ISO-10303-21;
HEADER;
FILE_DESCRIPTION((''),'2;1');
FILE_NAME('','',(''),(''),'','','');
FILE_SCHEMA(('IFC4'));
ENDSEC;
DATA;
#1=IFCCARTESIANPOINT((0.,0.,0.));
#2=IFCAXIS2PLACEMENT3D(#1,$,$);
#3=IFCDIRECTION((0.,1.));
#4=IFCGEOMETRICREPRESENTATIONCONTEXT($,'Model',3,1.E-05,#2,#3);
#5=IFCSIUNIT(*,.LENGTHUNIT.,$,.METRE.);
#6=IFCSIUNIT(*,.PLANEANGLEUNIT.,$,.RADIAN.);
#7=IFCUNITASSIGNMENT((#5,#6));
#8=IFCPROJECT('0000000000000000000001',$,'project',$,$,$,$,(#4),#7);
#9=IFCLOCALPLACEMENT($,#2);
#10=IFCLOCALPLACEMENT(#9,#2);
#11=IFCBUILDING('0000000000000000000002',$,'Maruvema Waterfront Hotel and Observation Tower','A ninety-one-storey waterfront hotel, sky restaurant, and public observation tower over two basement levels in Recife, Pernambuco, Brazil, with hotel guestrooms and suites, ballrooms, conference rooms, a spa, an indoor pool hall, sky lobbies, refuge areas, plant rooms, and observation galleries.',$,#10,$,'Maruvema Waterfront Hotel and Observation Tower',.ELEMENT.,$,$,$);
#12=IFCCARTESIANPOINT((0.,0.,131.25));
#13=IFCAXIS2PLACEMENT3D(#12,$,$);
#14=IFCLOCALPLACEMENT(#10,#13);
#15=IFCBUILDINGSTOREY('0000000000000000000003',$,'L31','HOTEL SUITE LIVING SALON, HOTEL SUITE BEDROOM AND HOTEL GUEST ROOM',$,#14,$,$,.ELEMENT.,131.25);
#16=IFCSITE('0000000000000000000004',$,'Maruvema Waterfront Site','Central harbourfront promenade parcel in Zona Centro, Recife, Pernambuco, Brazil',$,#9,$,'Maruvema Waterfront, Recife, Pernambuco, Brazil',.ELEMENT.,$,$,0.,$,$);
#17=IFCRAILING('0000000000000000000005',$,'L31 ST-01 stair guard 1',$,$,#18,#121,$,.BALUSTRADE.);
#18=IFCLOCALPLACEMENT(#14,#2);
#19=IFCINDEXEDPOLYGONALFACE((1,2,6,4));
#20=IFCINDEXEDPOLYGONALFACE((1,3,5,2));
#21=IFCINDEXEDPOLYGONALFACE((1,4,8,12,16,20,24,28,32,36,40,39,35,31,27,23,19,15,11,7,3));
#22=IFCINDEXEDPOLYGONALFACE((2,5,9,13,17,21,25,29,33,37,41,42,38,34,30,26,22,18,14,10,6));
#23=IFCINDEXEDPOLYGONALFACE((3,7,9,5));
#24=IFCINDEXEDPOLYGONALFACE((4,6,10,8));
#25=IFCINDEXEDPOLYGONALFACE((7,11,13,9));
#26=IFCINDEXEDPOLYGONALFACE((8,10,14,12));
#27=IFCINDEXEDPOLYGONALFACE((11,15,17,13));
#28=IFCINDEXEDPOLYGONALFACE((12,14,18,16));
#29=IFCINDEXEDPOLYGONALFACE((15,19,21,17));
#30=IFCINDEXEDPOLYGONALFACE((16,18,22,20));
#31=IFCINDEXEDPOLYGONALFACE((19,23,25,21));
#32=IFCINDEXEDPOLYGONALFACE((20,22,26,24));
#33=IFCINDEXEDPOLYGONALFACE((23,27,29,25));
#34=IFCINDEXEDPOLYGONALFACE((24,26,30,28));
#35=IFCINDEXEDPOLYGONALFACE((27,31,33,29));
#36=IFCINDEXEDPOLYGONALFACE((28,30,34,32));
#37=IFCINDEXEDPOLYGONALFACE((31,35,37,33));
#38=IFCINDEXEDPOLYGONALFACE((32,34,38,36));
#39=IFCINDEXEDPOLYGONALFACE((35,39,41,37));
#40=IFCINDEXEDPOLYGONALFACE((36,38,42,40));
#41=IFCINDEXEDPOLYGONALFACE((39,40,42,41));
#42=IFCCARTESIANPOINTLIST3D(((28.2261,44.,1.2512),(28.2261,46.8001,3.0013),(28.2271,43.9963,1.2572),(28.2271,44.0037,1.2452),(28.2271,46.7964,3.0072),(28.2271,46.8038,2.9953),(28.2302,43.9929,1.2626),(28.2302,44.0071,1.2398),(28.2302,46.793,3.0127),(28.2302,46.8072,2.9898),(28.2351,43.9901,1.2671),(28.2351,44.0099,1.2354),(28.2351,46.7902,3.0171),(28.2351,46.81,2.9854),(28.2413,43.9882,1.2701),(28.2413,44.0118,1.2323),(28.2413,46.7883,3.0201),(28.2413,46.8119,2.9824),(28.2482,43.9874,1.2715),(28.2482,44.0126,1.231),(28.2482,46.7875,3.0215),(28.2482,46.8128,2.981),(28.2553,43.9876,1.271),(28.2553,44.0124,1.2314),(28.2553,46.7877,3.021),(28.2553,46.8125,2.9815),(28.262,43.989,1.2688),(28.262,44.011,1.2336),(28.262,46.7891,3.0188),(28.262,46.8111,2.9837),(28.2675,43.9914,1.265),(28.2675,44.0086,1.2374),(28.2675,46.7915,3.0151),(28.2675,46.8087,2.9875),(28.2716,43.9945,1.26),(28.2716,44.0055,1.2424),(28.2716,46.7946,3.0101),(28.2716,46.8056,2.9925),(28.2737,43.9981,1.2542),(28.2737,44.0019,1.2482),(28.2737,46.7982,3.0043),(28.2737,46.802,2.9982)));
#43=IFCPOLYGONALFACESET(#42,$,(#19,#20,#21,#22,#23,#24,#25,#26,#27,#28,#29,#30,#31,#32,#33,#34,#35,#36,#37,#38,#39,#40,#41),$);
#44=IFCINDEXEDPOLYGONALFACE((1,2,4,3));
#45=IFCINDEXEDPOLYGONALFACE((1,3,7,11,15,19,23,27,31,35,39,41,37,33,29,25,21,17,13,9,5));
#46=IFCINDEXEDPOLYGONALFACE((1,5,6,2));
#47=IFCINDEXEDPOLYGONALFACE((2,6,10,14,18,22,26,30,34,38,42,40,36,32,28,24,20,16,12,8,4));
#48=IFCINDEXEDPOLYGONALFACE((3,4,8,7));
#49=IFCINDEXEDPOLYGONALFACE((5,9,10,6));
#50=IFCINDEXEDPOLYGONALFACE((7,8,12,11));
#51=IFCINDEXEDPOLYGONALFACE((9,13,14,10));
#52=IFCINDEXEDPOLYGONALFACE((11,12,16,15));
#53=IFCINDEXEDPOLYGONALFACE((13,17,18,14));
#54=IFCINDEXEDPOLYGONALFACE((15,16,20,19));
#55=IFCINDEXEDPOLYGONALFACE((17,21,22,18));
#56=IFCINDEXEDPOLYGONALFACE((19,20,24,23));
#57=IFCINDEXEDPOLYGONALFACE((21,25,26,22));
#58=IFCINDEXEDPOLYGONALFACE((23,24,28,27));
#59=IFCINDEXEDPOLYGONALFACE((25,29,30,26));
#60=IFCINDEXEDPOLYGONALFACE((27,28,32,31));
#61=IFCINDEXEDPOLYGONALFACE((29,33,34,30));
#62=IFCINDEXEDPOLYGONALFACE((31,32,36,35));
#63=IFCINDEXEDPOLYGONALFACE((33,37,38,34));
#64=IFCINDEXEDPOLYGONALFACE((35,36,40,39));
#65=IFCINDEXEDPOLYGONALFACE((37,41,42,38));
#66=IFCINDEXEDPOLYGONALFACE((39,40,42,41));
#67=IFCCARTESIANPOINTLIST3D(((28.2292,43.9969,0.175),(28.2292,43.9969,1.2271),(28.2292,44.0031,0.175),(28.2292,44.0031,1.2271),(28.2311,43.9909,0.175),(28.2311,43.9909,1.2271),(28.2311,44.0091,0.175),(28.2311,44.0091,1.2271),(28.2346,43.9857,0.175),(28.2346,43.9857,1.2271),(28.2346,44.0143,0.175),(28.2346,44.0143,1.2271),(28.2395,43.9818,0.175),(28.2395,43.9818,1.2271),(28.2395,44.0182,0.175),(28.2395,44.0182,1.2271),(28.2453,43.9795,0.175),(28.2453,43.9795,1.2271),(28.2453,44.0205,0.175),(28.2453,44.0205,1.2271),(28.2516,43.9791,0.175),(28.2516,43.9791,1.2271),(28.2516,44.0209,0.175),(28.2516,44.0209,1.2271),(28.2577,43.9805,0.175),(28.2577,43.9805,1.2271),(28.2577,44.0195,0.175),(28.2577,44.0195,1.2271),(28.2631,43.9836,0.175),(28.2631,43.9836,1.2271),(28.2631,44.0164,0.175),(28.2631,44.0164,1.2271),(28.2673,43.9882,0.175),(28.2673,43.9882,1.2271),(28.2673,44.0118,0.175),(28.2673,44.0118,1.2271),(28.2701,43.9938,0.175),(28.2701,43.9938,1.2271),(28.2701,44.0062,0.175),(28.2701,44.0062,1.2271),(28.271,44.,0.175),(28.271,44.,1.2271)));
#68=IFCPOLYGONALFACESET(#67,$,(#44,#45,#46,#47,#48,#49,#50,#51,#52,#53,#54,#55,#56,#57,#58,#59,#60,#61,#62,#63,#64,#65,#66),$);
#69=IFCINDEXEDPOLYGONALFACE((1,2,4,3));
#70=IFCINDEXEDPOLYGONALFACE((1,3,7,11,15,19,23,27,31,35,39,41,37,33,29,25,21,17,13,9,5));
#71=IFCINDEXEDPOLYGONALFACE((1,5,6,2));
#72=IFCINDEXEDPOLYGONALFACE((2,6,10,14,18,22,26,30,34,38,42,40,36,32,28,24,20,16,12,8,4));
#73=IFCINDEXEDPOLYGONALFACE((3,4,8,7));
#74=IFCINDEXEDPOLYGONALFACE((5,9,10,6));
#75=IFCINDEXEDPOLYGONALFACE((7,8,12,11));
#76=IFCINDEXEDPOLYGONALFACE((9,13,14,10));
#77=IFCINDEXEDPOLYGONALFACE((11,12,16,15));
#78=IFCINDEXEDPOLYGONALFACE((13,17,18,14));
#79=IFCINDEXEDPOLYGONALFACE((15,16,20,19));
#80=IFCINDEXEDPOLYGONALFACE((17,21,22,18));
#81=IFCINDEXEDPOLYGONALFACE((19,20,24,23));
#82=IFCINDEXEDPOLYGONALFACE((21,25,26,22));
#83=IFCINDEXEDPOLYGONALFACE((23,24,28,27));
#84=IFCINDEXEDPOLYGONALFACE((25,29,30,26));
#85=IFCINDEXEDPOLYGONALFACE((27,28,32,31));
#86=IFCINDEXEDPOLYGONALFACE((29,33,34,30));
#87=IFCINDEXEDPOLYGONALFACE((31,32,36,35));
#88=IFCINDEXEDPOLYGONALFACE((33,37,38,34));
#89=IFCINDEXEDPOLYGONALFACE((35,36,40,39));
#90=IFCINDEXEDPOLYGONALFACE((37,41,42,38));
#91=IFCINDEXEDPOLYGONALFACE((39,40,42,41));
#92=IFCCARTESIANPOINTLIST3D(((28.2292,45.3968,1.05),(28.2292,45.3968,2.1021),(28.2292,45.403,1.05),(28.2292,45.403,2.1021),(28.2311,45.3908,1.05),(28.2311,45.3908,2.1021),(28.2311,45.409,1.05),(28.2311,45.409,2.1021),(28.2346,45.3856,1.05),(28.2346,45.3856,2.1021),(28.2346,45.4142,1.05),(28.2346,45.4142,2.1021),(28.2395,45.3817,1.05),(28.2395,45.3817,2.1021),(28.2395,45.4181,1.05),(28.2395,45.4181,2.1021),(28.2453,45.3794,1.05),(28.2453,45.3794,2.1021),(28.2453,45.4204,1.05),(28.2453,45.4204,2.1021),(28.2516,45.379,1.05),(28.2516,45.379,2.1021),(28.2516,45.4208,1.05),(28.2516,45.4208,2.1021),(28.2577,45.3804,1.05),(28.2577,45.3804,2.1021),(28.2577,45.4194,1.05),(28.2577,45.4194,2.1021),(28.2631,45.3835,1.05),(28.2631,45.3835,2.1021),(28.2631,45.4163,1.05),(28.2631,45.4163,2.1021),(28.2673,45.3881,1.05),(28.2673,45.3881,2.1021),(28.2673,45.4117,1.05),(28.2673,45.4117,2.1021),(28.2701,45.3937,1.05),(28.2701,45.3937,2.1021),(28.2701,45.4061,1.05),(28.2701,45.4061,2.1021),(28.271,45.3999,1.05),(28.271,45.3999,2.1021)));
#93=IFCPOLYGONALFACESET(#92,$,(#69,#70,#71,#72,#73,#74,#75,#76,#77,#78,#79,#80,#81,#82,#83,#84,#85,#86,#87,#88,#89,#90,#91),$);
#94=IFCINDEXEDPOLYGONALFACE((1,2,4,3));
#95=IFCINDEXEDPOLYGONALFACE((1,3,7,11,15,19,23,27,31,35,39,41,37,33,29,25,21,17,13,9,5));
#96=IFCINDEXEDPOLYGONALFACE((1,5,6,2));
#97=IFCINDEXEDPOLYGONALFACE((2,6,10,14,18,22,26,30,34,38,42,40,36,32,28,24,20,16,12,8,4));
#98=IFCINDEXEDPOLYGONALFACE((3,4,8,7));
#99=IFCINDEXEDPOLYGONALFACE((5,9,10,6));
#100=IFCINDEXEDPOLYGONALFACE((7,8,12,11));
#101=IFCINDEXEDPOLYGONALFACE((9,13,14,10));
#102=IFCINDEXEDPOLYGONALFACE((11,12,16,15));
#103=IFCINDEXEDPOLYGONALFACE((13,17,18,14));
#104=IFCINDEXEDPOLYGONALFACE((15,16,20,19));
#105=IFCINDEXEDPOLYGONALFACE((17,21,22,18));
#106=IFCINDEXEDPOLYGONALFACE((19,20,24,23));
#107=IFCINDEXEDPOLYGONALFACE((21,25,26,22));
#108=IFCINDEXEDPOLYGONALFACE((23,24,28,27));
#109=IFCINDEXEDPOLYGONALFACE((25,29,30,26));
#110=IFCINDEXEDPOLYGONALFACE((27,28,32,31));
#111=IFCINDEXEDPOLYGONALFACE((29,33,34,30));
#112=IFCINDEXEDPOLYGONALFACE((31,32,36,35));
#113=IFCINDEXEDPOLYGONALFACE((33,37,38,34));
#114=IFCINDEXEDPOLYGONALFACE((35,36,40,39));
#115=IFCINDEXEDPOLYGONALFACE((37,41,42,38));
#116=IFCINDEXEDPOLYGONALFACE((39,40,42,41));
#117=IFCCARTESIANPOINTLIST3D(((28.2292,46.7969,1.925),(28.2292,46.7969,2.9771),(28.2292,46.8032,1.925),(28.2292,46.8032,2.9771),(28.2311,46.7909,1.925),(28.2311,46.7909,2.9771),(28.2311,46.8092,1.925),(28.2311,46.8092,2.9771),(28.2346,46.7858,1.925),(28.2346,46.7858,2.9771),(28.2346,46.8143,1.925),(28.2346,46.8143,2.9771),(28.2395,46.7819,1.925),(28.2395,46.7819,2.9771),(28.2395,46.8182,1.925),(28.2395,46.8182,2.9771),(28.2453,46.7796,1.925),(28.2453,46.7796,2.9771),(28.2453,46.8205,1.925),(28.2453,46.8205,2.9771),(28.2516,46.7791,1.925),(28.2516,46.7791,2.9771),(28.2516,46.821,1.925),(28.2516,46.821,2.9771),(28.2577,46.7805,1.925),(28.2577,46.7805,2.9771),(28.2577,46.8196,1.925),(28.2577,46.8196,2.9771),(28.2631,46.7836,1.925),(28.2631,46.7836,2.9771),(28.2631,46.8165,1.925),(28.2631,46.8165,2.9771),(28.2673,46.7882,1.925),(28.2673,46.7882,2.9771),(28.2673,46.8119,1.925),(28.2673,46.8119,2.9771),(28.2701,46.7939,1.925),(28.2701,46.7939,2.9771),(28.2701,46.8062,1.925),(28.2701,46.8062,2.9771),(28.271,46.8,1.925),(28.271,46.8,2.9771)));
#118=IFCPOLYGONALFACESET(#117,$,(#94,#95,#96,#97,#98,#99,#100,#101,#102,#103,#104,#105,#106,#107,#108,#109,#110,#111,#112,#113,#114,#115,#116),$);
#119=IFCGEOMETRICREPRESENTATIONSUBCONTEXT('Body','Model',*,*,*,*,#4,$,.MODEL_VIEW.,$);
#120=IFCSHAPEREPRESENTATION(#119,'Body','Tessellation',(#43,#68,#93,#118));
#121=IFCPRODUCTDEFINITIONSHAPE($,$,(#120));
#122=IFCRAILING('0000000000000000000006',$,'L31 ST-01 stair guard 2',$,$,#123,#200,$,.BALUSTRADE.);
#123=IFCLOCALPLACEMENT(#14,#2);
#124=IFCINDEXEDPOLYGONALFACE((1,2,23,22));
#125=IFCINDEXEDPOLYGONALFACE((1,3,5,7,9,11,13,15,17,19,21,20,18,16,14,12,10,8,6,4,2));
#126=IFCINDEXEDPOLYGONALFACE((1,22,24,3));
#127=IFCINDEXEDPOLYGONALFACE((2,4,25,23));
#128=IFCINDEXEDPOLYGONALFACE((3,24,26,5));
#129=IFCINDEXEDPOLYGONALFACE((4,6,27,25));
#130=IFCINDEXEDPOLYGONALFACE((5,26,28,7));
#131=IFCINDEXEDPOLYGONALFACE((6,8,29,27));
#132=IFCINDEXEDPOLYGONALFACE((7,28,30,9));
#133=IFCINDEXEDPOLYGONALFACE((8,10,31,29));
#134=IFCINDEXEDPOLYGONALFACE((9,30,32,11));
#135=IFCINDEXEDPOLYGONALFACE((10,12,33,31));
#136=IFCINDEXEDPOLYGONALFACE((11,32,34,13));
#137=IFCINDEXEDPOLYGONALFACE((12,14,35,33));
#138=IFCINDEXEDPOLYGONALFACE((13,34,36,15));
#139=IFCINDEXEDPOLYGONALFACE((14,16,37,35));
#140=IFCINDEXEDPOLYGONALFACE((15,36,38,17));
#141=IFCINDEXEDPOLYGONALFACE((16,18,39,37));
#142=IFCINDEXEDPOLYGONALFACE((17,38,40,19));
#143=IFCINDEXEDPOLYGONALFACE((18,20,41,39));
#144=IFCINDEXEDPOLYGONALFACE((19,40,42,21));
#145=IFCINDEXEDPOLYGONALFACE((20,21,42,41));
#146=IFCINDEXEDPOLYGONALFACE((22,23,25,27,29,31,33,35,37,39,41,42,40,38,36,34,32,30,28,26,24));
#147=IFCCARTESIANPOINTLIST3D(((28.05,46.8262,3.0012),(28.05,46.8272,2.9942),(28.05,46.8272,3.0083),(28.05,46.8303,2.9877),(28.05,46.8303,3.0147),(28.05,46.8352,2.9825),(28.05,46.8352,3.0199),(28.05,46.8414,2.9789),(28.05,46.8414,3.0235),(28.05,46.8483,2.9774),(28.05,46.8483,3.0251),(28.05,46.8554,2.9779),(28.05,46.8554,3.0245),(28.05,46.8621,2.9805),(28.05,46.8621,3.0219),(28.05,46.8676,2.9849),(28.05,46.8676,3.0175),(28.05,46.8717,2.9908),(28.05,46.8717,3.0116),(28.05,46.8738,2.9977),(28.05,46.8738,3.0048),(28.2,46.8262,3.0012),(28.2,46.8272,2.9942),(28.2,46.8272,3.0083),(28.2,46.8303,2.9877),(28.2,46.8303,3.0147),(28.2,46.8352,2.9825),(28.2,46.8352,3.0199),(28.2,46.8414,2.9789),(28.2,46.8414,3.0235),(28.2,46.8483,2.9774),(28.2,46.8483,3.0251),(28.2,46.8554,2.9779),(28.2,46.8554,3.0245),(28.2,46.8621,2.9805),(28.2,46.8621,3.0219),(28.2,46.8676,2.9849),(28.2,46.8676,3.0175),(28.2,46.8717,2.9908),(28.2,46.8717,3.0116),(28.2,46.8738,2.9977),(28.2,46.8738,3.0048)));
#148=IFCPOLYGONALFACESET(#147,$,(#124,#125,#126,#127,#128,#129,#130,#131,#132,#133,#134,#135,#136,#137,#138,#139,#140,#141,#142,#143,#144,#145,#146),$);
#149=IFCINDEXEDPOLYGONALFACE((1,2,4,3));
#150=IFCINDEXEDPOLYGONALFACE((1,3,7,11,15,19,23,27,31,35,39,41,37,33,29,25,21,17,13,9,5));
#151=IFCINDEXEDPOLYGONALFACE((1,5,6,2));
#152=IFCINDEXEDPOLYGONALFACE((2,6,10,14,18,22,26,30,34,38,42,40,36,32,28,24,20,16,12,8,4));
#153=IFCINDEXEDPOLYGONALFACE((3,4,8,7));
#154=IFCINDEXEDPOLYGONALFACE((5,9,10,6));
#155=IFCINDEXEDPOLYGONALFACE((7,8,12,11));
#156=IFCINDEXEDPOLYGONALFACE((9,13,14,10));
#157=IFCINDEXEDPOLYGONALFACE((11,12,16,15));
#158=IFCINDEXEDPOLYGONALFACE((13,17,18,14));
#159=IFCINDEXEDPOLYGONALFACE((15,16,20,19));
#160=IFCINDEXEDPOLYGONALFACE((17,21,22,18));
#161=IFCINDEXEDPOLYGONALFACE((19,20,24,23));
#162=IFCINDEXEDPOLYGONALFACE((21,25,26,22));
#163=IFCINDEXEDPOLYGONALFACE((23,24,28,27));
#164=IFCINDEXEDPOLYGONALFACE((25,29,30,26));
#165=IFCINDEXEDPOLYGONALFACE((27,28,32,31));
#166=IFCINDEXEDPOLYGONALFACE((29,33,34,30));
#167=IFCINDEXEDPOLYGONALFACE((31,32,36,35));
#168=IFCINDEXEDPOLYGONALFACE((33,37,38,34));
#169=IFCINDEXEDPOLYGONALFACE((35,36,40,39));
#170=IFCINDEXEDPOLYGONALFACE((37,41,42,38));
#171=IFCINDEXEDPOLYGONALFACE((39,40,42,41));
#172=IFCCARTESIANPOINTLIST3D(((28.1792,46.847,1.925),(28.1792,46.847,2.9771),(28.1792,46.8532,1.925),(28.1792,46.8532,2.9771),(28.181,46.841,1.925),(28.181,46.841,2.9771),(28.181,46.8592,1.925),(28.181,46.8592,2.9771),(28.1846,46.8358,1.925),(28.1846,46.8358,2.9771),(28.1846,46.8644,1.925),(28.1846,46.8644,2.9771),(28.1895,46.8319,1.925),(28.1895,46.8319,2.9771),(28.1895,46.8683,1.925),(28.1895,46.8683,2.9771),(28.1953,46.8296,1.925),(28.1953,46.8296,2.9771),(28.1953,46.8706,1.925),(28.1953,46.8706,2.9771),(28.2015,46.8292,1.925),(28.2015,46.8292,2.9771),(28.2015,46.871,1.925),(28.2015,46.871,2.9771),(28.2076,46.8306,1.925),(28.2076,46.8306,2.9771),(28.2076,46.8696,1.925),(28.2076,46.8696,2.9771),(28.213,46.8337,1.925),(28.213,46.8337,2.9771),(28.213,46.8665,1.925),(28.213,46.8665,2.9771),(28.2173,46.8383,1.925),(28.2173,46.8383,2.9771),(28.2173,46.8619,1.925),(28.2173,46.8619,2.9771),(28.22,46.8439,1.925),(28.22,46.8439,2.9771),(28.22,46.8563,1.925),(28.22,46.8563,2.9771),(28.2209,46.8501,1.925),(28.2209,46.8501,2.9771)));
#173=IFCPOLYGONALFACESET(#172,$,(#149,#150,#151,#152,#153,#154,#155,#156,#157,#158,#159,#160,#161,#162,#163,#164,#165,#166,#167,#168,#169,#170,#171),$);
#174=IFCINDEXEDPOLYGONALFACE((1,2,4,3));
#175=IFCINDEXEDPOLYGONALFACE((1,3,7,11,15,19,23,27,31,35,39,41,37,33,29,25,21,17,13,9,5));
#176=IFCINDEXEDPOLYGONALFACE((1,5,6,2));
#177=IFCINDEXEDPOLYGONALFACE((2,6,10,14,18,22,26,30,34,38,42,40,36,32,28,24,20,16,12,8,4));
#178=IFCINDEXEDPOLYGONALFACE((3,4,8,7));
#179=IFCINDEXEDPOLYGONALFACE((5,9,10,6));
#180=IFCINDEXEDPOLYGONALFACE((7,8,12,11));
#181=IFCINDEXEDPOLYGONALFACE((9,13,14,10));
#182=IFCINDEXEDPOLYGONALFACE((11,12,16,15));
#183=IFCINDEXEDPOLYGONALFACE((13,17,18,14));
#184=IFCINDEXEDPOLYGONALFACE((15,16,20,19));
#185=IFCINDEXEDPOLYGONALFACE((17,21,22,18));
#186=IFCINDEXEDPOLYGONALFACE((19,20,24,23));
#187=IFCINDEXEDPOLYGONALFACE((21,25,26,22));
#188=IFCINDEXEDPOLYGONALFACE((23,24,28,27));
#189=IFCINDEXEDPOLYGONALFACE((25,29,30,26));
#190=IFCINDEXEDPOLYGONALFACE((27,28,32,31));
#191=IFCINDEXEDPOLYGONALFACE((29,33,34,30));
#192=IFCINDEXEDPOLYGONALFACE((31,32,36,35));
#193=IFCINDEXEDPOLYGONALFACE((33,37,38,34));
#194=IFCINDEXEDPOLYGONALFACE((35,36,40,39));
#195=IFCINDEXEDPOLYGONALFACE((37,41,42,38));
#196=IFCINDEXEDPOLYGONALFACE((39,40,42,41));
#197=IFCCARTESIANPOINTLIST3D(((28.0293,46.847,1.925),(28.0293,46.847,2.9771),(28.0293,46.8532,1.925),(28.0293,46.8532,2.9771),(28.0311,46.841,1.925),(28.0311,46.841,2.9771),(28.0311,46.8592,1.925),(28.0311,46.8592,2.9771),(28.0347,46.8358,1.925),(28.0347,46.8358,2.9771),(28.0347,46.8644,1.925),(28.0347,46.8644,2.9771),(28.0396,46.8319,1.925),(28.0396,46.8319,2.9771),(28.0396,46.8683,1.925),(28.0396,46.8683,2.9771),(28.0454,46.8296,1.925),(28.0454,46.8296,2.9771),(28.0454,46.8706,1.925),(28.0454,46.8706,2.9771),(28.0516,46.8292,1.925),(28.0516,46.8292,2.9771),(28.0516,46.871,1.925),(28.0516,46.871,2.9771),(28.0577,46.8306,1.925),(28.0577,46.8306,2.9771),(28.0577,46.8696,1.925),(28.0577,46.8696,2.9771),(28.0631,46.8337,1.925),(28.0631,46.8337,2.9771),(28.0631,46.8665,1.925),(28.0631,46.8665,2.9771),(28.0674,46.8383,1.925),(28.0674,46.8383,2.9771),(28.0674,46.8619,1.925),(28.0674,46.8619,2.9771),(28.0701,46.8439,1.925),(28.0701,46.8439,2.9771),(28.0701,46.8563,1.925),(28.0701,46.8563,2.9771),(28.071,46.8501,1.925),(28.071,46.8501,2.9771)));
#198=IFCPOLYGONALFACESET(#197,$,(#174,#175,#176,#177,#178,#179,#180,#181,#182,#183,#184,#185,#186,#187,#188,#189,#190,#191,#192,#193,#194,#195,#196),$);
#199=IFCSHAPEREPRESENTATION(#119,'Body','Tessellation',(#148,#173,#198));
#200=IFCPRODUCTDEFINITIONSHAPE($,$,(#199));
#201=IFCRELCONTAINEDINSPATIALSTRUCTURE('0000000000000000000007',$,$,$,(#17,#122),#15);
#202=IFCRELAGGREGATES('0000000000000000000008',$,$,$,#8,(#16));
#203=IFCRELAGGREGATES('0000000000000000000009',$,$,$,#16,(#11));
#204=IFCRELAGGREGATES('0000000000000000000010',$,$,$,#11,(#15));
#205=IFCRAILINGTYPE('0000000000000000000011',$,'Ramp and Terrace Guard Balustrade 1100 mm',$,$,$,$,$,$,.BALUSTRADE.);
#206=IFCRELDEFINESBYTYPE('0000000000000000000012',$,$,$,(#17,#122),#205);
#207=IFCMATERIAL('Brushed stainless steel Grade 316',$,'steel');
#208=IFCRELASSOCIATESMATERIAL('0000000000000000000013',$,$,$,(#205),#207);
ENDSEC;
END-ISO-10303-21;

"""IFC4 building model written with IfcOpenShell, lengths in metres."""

from ifc_helpers import new_model, si_unit, direction, frame, origin, origin_2d, place, context, subcontext, project, spatial, circle, extrude, material, type_object, element, save


model = new_model("IFC4")

# Units and contexts
model_context = context("Model", 3, precision=1e-05, world=origin(), true_north=direction((0.0, 1.0)))
body_context = subcontext(model_context, "Body", "Model", "MODEL_VIEW")
ifc_project = project(units=[si_unit("LENGTHUNIT", "METRE"), si_unit("PLANEANGLEUNIT", "RADIAN")], contexts=[model_context])

# Site, building, storey
site_placement = place(None, origin())
site = spatial("IfcSite", under=ifc_project, at=site_placement, Name="Maruvema Waterfront Site", Description="Central harbourfront promenade parcel in Zona Centro, Recife, Pernambuco, Brazil", LongName="Maruvema Waterfront, Recife, Pernambuco, Brazil", CompositionType="ELEMENT", RefElevation=0.0)
building_placement = place(site_placement, origin())
building = spatial("IfcBuilding", under=site, at=building_placement, Name="Maruvema Waterfront Hotel and Observation Tower", Description="A ninety-one-storey waterfront hotel, sky restaurant, and public observation tower over two basement levels in Recife, Pernambuco, Brazil, with hotel guestrooms and suites, ballrooms, conference rooms, a spa, an indoor pool hall, sky lobbies, refuge areas, plant rooms, and observation galleries.", LongName="Maruvema Waterfront Hotel and Observation Tower", CompositionType="ELEMENT")
storey_placement = place(building_placement, frame((0.0, 0.0, 131.25)))
storey = spatial("IfcBuildingStorey", under=building, at=storey_placement, Name="L31", Description="HOTEL SUITE LIVING SALON, HOTEL SUITE BEDROOM AND HOTEL GUEST ROOM", CompositionType="ELEMENT", Elevation=131.25)

# Railings
ifc_material_1 = material(Name="Brushed stainless steel Grade 316", Category="steel")
railing_type_1 = type_object("IfcRailingType", Name="Ramp and Terrace Guard Balustrade 1100 mm", PredefinedType="BALUSTRADE", material=ifc_material_1)
railing_1_placement = place(storey_placement, frame((28.25, 44.0, 0.175)))
element("IfcRailing", 1, at=railing_1_placement, inside=storey, type_object=railing_type_1, Name="L31 ST-01 stair guard 1", PredefinedType="BALUSTRADE", context=body_context, shape_type="SweptSolid", body=[
    extrude(circle(Radius=0.0239, at=origin_2d()), frame((0.0, 0.0, 1.0762), z_axis=(0.0, 0.848002, 0.529992), x_axis=(-1.0, 0.0, 0.0)), (0.0, 0.0, 1.0), 3.302),
    extrude(circle(Radius=0.021, at=origin_2d()), origin(), (0.0, 0.0, 1.0), 1.052),
    extrude(circle(Radius=0.021, at=origin_2d()), frame((0.0, 1.3999, 0.875)), (0.0, 0.0, 1.0), 1.052),
    extrude(circle(Radius=0.021, at=origin_2d()), frame((0.0, 2.8, 1.75)), (0.0, 0.0, 1.0), 1.052),
])
railing_2_placement = place(storey_placement, frame((28.2, 46.8501, 1.925)))
element("IfcRailing", 2, at=railing_2_placement, inside=storey, type_object=railing_type_1, Name="L31 ST-01 stair guard 2", PredefinedType="BALUSTRADE", context=body_context, shape_type="SweptSolid", body=[
    extrude(circle(Radius=0.0239, at=origin_2d()), frame((0.0, 0.0, 1.0762), z_axis=(-1.0, 0.0, 0.0), x_axis=(0.0, -1.0, 0.0)), (0.0, 0.0, 1.0), 0.1499),
    extrude(circle(Radius=0.021, at=origin_2d()), origin(), (0.0, 0.0, 1.0), 1.052),
    extrude(circle(Radius=0.021, at=origin_2d()), frame((-0.1499, 0.0, 0.0)), (0.0, 0.0, 1.0), 1.052),
])

save(model, "model.ifc")
